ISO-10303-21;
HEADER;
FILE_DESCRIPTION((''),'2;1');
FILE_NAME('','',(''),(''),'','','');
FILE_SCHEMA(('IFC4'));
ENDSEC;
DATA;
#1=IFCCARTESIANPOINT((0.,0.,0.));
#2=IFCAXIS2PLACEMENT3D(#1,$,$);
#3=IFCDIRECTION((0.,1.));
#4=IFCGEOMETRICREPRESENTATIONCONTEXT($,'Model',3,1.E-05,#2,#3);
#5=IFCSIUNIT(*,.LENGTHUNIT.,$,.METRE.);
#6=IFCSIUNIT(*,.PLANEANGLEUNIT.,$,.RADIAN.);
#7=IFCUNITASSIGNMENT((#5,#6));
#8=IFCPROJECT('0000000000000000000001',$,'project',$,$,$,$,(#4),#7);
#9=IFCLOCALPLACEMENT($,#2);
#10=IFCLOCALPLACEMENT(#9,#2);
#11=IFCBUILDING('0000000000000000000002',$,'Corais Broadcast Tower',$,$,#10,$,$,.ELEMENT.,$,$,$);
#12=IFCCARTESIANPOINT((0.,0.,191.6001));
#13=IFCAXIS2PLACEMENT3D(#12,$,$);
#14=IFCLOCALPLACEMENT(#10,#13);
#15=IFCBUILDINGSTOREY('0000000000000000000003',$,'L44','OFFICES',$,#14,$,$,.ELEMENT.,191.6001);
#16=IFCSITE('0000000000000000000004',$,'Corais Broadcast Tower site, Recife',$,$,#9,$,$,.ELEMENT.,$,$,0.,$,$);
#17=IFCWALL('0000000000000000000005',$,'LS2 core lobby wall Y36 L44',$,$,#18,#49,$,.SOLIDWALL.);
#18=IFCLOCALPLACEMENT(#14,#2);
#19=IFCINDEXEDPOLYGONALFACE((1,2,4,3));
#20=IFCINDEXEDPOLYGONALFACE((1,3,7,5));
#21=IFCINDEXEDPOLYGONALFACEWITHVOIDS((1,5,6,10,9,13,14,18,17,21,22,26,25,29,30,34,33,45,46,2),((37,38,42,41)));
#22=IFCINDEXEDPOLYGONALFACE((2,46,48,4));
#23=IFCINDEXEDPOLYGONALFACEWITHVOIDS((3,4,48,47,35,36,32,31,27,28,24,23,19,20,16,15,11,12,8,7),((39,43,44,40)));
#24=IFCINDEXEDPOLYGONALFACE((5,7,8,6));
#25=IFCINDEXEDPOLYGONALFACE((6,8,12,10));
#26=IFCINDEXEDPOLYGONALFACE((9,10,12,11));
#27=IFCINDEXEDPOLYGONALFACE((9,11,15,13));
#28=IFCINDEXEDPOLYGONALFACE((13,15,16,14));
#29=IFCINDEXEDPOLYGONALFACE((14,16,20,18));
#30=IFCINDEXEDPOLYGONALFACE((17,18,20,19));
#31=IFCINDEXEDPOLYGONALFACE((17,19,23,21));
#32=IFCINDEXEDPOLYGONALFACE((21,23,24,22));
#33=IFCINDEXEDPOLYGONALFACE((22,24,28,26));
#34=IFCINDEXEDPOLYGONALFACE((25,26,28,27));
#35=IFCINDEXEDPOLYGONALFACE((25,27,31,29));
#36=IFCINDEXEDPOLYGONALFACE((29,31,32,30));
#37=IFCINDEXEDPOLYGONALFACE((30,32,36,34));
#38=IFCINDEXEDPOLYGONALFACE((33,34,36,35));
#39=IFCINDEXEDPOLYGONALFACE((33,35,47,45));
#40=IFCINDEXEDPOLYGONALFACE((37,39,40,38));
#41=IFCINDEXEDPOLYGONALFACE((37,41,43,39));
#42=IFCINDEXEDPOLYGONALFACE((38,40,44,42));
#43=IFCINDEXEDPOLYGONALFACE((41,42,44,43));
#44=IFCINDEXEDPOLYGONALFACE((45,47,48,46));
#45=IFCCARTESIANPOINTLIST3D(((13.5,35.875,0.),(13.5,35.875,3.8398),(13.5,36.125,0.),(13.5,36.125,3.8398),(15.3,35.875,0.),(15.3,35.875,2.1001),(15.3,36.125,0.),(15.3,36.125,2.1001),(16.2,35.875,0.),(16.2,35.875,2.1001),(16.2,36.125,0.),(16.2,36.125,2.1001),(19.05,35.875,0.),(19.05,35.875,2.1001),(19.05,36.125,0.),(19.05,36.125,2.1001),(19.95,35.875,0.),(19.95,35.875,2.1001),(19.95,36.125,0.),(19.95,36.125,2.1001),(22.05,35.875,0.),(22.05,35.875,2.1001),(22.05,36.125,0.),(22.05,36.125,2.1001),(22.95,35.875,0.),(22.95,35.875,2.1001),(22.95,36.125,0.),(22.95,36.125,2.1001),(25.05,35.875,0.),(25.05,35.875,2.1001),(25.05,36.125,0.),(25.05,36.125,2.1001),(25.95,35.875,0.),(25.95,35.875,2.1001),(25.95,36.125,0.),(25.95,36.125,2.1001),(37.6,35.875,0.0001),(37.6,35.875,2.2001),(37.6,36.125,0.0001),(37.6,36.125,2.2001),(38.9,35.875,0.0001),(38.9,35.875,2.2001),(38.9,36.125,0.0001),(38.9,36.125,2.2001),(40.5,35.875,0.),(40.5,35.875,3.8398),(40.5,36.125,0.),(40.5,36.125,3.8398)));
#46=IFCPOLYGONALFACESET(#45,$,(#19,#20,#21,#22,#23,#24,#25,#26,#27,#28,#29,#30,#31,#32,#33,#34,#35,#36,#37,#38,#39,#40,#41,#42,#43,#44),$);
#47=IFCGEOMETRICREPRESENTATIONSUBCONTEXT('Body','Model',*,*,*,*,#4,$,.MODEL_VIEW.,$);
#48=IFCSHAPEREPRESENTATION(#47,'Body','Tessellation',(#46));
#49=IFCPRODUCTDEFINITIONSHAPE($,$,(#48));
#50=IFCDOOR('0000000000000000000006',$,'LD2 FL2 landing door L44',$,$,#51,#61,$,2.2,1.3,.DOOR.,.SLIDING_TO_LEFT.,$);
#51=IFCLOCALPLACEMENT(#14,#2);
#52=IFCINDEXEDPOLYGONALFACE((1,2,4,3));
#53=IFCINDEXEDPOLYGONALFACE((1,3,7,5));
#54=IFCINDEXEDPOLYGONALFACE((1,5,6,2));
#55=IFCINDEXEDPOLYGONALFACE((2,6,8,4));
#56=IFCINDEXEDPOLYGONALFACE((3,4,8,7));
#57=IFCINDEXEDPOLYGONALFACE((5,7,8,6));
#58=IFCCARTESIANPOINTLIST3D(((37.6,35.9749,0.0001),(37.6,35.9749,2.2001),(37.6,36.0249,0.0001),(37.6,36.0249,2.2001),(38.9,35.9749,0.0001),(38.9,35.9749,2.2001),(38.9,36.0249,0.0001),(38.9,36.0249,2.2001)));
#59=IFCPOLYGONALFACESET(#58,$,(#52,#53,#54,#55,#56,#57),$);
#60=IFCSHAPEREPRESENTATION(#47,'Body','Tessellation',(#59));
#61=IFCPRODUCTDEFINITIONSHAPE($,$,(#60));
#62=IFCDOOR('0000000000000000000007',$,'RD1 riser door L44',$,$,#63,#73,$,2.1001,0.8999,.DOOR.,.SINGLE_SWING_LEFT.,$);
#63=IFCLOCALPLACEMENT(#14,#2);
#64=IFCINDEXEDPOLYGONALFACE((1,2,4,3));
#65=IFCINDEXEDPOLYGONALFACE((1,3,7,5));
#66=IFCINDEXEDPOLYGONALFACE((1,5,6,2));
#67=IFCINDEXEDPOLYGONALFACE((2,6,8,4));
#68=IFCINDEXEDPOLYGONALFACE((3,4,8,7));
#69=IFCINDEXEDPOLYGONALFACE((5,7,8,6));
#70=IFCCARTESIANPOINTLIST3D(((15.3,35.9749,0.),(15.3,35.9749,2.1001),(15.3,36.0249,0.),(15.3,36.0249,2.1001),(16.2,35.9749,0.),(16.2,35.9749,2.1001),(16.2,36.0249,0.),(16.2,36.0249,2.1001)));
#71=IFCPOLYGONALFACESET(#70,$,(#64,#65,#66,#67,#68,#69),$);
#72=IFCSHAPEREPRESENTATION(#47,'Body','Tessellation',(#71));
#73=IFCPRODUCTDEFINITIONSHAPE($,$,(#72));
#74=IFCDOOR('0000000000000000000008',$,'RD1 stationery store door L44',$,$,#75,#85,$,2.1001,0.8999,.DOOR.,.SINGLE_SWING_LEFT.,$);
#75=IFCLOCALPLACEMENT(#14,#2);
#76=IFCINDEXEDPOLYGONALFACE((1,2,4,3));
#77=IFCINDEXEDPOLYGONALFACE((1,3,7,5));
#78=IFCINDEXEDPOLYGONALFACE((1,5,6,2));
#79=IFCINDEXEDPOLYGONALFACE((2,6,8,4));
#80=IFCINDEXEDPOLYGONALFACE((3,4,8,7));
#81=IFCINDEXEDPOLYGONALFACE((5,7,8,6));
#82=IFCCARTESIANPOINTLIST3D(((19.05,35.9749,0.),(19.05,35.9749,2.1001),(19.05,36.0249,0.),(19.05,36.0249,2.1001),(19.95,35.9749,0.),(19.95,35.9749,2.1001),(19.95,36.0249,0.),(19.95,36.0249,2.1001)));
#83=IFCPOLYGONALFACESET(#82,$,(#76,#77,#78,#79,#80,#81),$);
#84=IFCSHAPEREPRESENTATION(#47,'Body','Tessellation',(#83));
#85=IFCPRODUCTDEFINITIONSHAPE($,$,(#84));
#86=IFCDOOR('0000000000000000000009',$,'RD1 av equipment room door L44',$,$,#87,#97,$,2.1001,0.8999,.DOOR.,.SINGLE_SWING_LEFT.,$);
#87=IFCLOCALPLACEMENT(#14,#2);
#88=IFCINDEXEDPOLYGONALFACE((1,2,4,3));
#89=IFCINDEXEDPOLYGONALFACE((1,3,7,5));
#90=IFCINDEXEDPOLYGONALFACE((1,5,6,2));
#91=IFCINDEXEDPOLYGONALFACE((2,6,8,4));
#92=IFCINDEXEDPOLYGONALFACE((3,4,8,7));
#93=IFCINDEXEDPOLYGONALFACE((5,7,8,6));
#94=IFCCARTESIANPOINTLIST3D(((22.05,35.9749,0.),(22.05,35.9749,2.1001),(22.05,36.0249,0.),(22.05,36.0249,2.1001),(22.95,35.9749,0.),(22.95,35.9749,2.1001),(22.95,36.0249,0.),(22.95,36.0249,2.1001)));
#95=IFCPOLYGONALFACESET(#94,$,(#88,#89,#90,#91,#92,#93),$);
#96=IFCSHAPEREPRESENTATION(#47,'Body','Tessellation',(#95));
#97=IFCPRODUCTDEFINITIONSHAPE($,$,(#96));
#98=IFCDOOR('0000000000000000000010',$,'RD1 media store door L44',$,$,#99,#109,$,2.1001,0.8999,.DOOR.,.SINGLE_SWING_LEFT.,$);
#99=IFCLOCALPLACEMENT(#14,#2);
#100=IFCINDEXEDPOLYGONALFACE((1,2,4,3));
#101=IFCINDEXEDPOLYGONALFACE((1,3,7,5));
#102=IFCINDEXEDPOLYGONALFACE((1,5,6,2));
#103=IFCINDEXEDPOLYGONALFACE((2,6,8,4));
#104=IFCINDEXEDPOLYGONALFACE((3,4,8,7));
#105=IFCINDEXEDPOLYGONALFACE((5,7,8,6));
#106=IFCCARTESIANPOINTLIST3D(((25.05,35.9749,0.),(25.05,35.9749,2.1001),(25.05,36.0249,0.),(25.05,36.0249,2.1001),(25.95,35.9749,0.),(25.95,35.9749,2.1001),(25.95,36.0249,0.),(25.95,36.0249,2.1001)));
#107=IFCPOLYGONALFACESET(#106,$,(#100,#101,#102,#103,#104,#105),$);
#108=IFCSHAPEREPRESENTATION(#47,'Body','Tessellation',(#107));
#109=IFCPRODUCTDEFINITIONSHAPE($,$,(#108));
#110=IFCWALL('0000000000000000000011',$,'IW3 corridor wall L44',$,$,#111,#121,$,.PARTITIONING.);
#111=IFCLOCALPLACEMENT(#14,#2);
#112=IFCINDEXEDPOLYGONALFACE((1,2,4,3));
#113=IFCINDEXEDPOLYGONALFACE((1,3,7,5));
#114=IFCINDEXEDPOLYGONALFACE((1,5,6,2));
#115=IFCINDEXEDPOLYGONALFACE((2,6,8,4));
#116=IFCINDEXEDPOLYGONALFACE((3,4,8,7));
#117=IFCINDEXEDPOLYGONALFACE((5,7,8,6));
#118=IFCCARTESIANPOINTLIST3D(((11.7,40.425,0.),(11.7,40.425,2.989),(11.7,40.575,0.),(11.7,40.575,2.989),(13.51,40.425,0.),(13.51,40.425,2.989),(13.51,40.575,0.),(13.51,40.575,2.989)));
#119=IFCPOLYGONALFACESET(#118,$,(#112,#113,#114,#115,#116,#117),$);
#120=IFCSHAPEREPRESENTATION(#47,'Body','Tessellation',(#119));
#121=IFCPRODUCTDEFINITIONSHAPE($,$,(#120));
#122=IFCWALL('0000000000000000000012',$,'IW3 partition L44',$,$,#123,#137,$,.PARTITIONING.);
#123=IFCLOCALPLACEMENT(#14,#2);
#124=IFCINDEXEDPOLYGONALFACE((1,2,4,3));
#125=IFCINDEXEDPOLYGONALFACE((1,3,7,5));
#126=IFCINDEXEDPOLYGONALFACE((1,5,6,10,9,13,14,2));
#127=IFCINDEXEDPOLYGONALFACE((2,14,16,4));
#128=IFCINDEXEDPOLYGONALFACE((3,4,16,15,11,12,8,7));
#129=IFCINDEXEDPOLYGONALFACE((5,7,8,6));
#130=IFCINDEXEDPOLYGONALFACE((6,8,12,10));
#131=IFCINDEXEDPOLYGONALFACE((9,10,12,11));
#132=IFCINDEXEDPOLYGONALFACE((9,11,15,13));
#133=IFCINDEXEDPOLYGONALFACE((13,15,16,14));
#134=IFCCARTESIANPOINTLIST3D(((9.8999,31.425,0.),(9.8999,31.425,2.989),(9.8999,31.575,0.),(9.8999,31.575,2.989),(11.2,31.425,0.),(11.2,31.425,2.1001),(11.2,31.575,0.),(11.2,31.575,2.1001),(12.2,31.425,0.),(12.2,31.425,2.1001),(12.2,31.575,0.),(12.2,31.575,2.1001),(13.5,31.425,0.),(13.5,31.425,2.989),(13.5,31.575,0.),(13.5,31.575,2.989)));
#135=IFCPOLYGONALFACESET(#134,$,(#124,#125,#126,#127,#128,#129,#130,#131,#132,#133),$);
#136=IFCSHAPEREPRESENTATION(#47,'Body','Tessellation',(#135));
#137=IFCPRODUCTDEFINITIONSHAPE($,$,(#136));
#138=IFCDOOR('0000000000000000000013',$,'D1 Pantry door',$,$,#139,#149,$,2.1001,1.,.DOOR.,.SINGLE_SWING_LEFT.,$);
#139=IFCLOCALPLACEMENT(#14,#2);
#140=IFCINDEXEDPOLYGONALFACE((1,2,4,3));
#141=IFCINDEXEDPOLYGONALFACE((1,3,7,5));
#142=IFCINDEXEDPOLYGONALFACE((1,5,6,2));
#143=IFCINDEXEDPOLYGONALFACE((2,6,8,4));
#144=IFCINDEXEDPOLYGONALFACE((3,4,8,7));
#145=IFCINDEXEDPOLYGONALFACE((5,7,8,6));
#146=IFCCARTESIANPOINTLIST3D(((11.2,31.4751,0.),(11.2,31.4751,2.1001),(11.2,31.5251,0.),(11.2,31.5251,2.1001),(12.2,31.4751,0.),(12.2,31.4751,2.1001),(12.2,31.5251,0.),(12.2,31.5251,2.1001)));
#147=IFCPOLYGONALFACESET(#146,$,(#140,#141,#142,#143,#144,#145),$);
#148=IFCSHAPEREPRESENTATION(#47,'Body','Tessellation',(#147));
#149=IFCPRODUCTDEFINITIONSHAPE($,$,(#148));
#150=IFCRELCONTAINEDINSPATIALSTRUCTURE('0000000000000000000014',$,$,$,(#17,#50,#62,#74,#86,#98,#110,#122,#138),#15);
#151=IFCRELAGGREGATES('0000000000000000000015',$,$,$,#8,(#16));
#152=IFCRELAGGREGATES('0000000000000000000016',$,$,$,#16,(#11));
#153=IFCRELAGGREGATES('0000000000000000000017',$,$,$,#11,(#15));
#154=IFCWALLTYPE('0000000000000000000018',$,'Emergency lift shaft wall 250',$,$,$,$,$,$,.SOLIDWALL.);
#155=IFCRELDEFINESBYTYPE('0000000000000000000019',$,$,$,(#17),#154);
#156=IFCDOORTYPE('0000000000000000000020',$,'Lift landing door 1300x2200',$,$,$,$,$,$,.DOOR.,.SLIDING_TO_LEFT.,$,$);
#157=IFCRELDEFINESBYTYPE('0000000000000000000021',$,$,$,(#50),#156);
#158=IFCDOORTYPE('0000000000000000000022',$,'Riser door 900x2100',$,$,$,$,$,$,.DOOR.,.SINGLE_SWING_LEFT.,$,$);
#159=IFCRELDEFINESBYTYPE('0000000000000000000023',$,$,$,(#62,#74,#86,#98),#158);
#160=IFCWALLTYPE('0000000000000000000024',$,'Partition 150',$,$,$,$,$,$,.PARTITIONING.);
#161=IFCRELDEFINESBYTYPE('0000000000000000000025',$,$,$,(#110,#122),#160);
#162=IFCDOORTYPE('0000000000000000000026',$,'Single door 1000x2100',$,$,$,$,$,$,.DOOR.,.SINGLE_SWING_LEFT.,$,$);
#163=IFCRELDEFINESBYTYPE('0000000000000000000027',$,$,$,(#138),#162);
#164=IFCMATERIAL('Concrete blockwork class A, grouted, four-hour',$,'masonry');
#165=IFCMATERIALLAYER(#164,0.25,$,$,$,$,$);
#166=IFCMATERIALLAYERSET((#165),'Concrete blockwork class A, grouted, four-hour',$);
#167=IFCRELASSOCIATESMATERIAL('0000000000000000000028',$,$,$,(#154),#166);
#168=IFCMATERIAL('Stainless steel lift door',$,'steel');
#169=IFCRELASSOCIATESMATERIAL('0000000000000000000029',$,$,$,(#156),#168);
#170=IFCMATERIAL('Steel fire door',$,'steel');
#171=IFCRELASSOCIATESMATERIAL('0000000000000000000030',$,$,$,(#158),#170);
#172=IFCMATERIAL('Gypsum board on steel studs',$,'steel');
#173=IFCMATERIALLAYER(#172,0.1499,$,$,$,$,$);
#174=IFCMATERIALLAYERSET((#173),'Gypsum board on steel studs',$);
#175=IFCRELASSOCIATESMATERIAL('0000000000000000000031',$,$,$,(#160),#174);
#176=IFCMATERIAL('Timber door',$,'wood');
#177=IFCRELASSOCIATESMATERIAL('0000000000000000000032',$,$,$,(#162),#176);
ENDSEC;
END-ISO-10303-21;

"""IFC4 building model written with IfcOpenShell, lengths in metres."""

from ifc_helpers import new_model, si_unit, direction, frame, frame_2d, origin, place, context, subcontext, project, spatial, rectangle, extrude, material, layer, layer_set, type_object, element, fill, save


model = new_model("IFC4")

# Units and contexts
model_context = context("Model", 3, precision=1e-05, world=origin(), true_north=direction((0.0, 1.0)))
body_context = subcontext(model_context, "Body", "Model", "MODEL_VIEW")
ifc_project = project(units=[si_unit("LENGTHUNIT", "METRE"), si_unit("PLANEANGLEUNIT", "RADIAN")], contexts=[model_context])

# Site, building, storey
site_placement = place(None, origin())
site = spatial("IfcSite", under=ifc_project, at=site_placement, Name="Corais Broadcast Tower site, Recife", CompositionType="ELEMENT", RefElevation=0.0)
building_placement = place(site_placement, origin())
building = spatial("IfcBuilding", under=site, at=building_placement, Name="Corais Broadcast Tower", CompositionType="ELEMENT")
storey_placement = place(building_placement, frame((0.0, 0.0, 191.6001)))
storey = spatial("IfcBuildingStorey", under=building, at=storey_placement, Name="L44", Description="OFFICES", CompositionType="ELEMENT", Elevation=191.6001)

# Wall, openings, doors
ifc_material_1 = material(Name="Concrete blockwork class A, grouted, four-hour", Category="masonry")
ifc_layer_1 = layer(ifc_material_1, 0.25)
ifc_layer_set_1 = layer_set([ifc_layer_1], Name="Concrete blockwork class A, grouted, four-hour")
wall_type_1 = type_object("IfcWallType", Name="Emergency lift shaft wall 250", PredefinedType="SOLIDWALL", material=ifc_layer_set_1)
wall_1_placement = place(storey_placement, frame((13.5, 36.0, 0.0), z_axis=(0.0, 0.0, 1.0), x_axis=(1.0, 0.0, 0.0)))
wall_1 = element("IfcWall", 1, at=wall_1_placement, inside=storey, type_object=wall_type_1, Name="LS2 core lobby wall Y36 L44", PredefinedType="SOLIDWALL", context=body_context, shape_type="SweptSolid", body=[
    extrude(rectangle(XDim=27.0, YDim=0.25, at=frame_2d((13.5, 0.0))), origin(), (0.0, 0.0, 1.0), 3.8398),
])
opening_1_placement = place(wall_1_placement, frame((1.8, 0.0, 0.0)))
opening_1 = element("IfcOpeningElement", 2, at=opening_1_placement, cuts=wall_1, PredefinedType="OPENING", context=body_context, shape_type="SweptSolid", body=[
    extrude(rectangle(XDim=0.8999, YDim=2.1001, at=frame_2d((0.45, 1.05))), frame((0.0, 0.135, 0.0), z_axis=(0.0, -1.0, 0.0), x_axis=(1.0, 0.0, 0.0)), (0.0, 0.0, 1.0), 0.27),
])
opening_2_placement = place(wall_1_placement, frame((5.55, 0.0, 0.0)))
opening_2 = element("IfcOpeningElement", 3, at=opening_2_placement, cuts=wall_1, PredefinedType="OPENING", context=body_context, shape_type="SweptSolid", body=[
    extrude(rectangle(XDim=0.8999, YDim=2.1001, at=frame_2d((0.45, 1.05))), frame((0.0, 0.135, 0.0), z_axis=(0.0, -1.0, 0.0), x_axis=(1.0, 0.0, 0.0)), (0.0, 0.0, 1.0), 0.27),
])
opening_3_placement = place(wall_1_placement, frame((8.55, 0.0, 0.0)))
opening_3 = element("IfcOpeningElement", 4, at=opening_3_placement, cuts=wall_1, PredefinedType="OPENING", context=body_context, shape_type="SweptSolid", body=[
    extrude(rectangle(XDim=0.8999, YDim=2.1001, at=frame_2d((0.45, 1.05))), frame((0.0, 0.135, 0.0), z_axis=(0.0, -1.0, 0.0), x_axis=(1.0, 0.0, 0.0)), (0.0, 0.0, 1.0), 0.27),
])
opening_4_placement = place(wall_1_placement, frame((11.55, 0.0, 0.0)))
opening_4 = element("IfcOpeningElement", 5, at=opening_4_placement, cuts=wall_1, PredefinedType="OPENING", context=body_context, shape_type="SweptSolid", body=[
    extrude(rectangle(XDim=0.8999, YDim=2.1001, at=frame_2d((0.45, 1.05))), frame((0.0, 0.135, 0.0), z_axis=(0.0, -1.0, 0.0), x_axis=(1.0, 0.0, 0.0)), (0.0, 0.0, 1.0), 0.27),
])
opening_5_placement = place(wall_1_placement, frame((24.1001, 0.0, 0.0)))
opening_5 = element("IfcOpeningElement", 6, at=opening_5_placement, cuts=wall_1, PredefinedType="OPENING", context=body_context, shape_type="SweptSolid", body=[
    extrude(rectangle(XDim=1.3, YDim=2.2, at=frame_2d((0.6499, 1.1001))), frame((0.0, 0.135, 0.0), z_axis=(0.0, -1.0, 0.0), x_axis=(1.0, 0.0, 0.0)), (0.0, 0.0, 1.0), 0.27),
])
ifc_material_2 = material(Name="Stainless steel lift door", Category="steel")
door_type_1 = type_object("IfcDoorType", Name="Lift landing door 1300x2200", OperationType="SLIDING_TO_LEFT", PredefinedType="DOOR", material=ifc_material_2)
door_1_placement = place(opening_5_placement, origin())
door_1 = element("IfcDoor", 7, at=door_1_placement, inside=storey, type_object=door_type_1, Name="LD2 FL2 landing door L44", OperationType="SLIDING_TO_LEFT", OverallHeight=2.2, OverallWidth=1.3, PredefinedType="DOOR", context=body_context, shape_type="SweptSolid", body=[
    extrude(rectangle(XDim=1.3, YDim=2.2, at=frame_2d((0.6499, 1.1001))), frame((0.0, 0.0249, 0.0), z_axis=(0.0, -1.0, 0.0), x_axis=(1.0, 0.0, 0.0)), (0.0, 0.0, 1.0), 0.05),
])
fill(opening_5, door_1)
ifc_material_3 = material(Name="Steel fire door", Category="steel")
door_type_2 = type_object("IfcDoorType", Name="Riser door 900x2100", OperationType="SINGLE_SWING_LEFT", PredefinedType="DOOR", material=ifc_material_3)
door_2_placement = place(opening_1_placement, origin())
door_2 = element("IfcDoor", 8, at=door_2_placement, inside=storey, type_object=door_type_2, Name="RD1 riser door L44", OperationType="SINGLE_SWING_LEFT", OverallHeight=2.1001, OverallWidth=0.8999, PredefinedType="DOOR", context=body_context, shape_type="SweptSolid", body=[
    extrude(rectangle(XDim=0.8999, YDim=2.1001, at=frame_2d((0.45, 1.05))), frame((0.0, 0.0249, 0.0), z_axis=(0.0, -1.0, 0.0), x_axis=(1.0, 0.0, 0.0)), (0.0, 0.0, 1.0), 0.05),
])
fill(opening_1, door_2)
door_3_placement = place(opening_2_placement, origin())
door_3 = element("IfcDoor", 9, at=door_3_placement, inside=storey, type_object=door_type_2, Name="RD1 stationery store door L44", OperationType="SINGLE_SWING_LEFT", OverallHeight=2.1001, OverallWidth=0.8999, PredefinedType="DOOR", context=body_context, shape_type="SweptSolid", body=[
    extrude(rectangle(XDim=0.8999, YDim=2.1001, at=frame_2d((0.45, 1.05))), frame((0.0, 0.0249, 0.0), z_axis=(0.0, -1.0, 0.0), x_axis=(1.0, 0.0, 0.0)), (0.0, 0.0, 1.0), 0.05),
])
fill(opening_2, door_3)
door_4_placement = place(opening_3_placement, origin())
door_4 = element("IfcDoor", 10, at=door_4_placement, inside=storey, type_object=door_type_2, Name="RD1 av equipment room door L44", OperationType="SINGLE_SWING_LEFT", OverallHeight=2.1001, OverallWidth=0.8999, PredefinedType="DOOR", context=body_context, shape_type="SweptSolid", body=[
    extrude(rectangle(XDim=0.8999, YDim=2.1001, at=frame_2d((0.45, 1.05))), frame((0.0, 0.0249, 0.0), z_axis=(0.0, -1.0, 0.0), x_axis=(1.0, 0.0, 0.0)), (0.0, 0.0, 1.0), 0.05),
])
fill(opening_3, door_4)
door_5_placement = place(opening_4_placement, origin())
door_5 = element("IfcDoor", 11, at=door_5_placement, inside=storey, type_object=door_type_2, Name="RD1 media store door L44", OperationType="SINGLE_SWING_LEFT", OverallHeight=2.1001, OverallWidth=0.8999, PredefinedType="DOOR", context=body_context, shape_type="SweptSolid", body=[
    extrude(rectangle(XDim=0.8999, YDim=2.1001, at=frame_2d((0.45, 1.05))), frame((0.0, 0.0249, 0.0), z_axis=(0.0, -1.0, 0.0), x_axis=(1.0, 0.0, 0.0)), (0.0, 0.0, 1.0), 0.05),
])
fill(opening_4, door_5)

# Wall
ifc_material_4 = material(Name="Gypsum board on steel studs", Category="steel")
ifc_layer_2 = layer(ifc_material_4, 0.1499)
ifc_layer_set_2 = layer_set([ifc_layer_2], Name="Gypsum board on steel studs")
wall_type_2 = type_object("IfcWallType", Name="Partition 150", PredefinedType="PARTITIONING", material=ifc_layer_set_2)
wall_2_placement = place(storey_placement, frame((13.51, 40.5, 0.0), z_axis=(0.0, 0.0, 1.0), x_axis=(-1.0, 0.0, 0.0)))
element("IfcWall", 12, at=wall_2_placement, inside=storey, type_object=wall_type_2, Name="IW3 corridor wall L44", PredefinedType="PARTITIONING", context=body_context, shape_type="SweptSolid", body=[
    extrude(rectangle(XDim=1.8101, YDim=0.1499, at=frame_2d((0.905, 0.0))), origin(), (0.0, 0.0, 1.0), 2.989),
])

# Wall, opening, door
wall_3_placement = place(storey_placement, frame((13.5, 31.5, 0.0), z_axis=(0.0, 0.0, 1.0), x_axis=(-1.0, 0.0, 0.0)))
wall_3 = element("IfcWall", 13, at=wall_3_placement, inside=storey, type_object=wall_type_2, Name="IW3 partition L44", PredefinedType="PARTITIONING", context=body_context, shape_type="SweptSolid", body=[
    extrude(rectangle(XDim=3.6001, YDim=0.1499, at=frame_2d((1.8, 0.0))), origin(), (0.0, 0.0, 1.0), 2.989),
])
opening_6_placement = place(wall_3_placement, frame((1.3, 0.0, 0.0)))
opening_6 = element("IfcOpeningElement", 14, at=opening_6_placement, cuts=wall_3, PredefinedType="OPENING", context=body_context, shape_type="SweptSolid", body=[
    extrude(rectangle(XDim=1.0, YDim=2.1001, at=frame_2d((0.5, 1.05))), frame((0.0, 0.085, 0.0), z_axis=(0.0, -1.0, 0.0), x_axis=(1.0, 0.0, 0.0)), (0.0, 0.0, 1.0), 0.1699),
])
ifc_material_5 = material(Name="Timber door", Category="wood")
door_type_3 = type_object("IfcDoorType", Name="Single door 1000x2100", OperationType="SINGLE_SWING_LEFT", PredefinedType="DOOR", material=ifc_material_5)
door_6_placement = place(opening_6_placement, origin())
door_6 = element("IfcDoor", 15, at=door_6_placement, inside=storey, type_object=door_type_3, Name="D1 Pantry door", OperationType="SINGLE_SWING_LEFT", OverallHeight=2.1001, OverallWidth=1.0, PredefinedType="DOOR", context=body_context, shape_type="SweptSolid", body=[
    extrude(rectangle(XDim=1.0, YDim=2.1001, at=frame_2d((0.5, 1.05))), frame((0.0, 0.0249, 0.0), z_axis=(0.0, -1.0, 0.0), x_axis=(1.0, 0.0, 0.0)), (0.0, 0.0, 1.0), 0.05),
])
fill(opening_6, door_6)

save(model, "model.ifc")
